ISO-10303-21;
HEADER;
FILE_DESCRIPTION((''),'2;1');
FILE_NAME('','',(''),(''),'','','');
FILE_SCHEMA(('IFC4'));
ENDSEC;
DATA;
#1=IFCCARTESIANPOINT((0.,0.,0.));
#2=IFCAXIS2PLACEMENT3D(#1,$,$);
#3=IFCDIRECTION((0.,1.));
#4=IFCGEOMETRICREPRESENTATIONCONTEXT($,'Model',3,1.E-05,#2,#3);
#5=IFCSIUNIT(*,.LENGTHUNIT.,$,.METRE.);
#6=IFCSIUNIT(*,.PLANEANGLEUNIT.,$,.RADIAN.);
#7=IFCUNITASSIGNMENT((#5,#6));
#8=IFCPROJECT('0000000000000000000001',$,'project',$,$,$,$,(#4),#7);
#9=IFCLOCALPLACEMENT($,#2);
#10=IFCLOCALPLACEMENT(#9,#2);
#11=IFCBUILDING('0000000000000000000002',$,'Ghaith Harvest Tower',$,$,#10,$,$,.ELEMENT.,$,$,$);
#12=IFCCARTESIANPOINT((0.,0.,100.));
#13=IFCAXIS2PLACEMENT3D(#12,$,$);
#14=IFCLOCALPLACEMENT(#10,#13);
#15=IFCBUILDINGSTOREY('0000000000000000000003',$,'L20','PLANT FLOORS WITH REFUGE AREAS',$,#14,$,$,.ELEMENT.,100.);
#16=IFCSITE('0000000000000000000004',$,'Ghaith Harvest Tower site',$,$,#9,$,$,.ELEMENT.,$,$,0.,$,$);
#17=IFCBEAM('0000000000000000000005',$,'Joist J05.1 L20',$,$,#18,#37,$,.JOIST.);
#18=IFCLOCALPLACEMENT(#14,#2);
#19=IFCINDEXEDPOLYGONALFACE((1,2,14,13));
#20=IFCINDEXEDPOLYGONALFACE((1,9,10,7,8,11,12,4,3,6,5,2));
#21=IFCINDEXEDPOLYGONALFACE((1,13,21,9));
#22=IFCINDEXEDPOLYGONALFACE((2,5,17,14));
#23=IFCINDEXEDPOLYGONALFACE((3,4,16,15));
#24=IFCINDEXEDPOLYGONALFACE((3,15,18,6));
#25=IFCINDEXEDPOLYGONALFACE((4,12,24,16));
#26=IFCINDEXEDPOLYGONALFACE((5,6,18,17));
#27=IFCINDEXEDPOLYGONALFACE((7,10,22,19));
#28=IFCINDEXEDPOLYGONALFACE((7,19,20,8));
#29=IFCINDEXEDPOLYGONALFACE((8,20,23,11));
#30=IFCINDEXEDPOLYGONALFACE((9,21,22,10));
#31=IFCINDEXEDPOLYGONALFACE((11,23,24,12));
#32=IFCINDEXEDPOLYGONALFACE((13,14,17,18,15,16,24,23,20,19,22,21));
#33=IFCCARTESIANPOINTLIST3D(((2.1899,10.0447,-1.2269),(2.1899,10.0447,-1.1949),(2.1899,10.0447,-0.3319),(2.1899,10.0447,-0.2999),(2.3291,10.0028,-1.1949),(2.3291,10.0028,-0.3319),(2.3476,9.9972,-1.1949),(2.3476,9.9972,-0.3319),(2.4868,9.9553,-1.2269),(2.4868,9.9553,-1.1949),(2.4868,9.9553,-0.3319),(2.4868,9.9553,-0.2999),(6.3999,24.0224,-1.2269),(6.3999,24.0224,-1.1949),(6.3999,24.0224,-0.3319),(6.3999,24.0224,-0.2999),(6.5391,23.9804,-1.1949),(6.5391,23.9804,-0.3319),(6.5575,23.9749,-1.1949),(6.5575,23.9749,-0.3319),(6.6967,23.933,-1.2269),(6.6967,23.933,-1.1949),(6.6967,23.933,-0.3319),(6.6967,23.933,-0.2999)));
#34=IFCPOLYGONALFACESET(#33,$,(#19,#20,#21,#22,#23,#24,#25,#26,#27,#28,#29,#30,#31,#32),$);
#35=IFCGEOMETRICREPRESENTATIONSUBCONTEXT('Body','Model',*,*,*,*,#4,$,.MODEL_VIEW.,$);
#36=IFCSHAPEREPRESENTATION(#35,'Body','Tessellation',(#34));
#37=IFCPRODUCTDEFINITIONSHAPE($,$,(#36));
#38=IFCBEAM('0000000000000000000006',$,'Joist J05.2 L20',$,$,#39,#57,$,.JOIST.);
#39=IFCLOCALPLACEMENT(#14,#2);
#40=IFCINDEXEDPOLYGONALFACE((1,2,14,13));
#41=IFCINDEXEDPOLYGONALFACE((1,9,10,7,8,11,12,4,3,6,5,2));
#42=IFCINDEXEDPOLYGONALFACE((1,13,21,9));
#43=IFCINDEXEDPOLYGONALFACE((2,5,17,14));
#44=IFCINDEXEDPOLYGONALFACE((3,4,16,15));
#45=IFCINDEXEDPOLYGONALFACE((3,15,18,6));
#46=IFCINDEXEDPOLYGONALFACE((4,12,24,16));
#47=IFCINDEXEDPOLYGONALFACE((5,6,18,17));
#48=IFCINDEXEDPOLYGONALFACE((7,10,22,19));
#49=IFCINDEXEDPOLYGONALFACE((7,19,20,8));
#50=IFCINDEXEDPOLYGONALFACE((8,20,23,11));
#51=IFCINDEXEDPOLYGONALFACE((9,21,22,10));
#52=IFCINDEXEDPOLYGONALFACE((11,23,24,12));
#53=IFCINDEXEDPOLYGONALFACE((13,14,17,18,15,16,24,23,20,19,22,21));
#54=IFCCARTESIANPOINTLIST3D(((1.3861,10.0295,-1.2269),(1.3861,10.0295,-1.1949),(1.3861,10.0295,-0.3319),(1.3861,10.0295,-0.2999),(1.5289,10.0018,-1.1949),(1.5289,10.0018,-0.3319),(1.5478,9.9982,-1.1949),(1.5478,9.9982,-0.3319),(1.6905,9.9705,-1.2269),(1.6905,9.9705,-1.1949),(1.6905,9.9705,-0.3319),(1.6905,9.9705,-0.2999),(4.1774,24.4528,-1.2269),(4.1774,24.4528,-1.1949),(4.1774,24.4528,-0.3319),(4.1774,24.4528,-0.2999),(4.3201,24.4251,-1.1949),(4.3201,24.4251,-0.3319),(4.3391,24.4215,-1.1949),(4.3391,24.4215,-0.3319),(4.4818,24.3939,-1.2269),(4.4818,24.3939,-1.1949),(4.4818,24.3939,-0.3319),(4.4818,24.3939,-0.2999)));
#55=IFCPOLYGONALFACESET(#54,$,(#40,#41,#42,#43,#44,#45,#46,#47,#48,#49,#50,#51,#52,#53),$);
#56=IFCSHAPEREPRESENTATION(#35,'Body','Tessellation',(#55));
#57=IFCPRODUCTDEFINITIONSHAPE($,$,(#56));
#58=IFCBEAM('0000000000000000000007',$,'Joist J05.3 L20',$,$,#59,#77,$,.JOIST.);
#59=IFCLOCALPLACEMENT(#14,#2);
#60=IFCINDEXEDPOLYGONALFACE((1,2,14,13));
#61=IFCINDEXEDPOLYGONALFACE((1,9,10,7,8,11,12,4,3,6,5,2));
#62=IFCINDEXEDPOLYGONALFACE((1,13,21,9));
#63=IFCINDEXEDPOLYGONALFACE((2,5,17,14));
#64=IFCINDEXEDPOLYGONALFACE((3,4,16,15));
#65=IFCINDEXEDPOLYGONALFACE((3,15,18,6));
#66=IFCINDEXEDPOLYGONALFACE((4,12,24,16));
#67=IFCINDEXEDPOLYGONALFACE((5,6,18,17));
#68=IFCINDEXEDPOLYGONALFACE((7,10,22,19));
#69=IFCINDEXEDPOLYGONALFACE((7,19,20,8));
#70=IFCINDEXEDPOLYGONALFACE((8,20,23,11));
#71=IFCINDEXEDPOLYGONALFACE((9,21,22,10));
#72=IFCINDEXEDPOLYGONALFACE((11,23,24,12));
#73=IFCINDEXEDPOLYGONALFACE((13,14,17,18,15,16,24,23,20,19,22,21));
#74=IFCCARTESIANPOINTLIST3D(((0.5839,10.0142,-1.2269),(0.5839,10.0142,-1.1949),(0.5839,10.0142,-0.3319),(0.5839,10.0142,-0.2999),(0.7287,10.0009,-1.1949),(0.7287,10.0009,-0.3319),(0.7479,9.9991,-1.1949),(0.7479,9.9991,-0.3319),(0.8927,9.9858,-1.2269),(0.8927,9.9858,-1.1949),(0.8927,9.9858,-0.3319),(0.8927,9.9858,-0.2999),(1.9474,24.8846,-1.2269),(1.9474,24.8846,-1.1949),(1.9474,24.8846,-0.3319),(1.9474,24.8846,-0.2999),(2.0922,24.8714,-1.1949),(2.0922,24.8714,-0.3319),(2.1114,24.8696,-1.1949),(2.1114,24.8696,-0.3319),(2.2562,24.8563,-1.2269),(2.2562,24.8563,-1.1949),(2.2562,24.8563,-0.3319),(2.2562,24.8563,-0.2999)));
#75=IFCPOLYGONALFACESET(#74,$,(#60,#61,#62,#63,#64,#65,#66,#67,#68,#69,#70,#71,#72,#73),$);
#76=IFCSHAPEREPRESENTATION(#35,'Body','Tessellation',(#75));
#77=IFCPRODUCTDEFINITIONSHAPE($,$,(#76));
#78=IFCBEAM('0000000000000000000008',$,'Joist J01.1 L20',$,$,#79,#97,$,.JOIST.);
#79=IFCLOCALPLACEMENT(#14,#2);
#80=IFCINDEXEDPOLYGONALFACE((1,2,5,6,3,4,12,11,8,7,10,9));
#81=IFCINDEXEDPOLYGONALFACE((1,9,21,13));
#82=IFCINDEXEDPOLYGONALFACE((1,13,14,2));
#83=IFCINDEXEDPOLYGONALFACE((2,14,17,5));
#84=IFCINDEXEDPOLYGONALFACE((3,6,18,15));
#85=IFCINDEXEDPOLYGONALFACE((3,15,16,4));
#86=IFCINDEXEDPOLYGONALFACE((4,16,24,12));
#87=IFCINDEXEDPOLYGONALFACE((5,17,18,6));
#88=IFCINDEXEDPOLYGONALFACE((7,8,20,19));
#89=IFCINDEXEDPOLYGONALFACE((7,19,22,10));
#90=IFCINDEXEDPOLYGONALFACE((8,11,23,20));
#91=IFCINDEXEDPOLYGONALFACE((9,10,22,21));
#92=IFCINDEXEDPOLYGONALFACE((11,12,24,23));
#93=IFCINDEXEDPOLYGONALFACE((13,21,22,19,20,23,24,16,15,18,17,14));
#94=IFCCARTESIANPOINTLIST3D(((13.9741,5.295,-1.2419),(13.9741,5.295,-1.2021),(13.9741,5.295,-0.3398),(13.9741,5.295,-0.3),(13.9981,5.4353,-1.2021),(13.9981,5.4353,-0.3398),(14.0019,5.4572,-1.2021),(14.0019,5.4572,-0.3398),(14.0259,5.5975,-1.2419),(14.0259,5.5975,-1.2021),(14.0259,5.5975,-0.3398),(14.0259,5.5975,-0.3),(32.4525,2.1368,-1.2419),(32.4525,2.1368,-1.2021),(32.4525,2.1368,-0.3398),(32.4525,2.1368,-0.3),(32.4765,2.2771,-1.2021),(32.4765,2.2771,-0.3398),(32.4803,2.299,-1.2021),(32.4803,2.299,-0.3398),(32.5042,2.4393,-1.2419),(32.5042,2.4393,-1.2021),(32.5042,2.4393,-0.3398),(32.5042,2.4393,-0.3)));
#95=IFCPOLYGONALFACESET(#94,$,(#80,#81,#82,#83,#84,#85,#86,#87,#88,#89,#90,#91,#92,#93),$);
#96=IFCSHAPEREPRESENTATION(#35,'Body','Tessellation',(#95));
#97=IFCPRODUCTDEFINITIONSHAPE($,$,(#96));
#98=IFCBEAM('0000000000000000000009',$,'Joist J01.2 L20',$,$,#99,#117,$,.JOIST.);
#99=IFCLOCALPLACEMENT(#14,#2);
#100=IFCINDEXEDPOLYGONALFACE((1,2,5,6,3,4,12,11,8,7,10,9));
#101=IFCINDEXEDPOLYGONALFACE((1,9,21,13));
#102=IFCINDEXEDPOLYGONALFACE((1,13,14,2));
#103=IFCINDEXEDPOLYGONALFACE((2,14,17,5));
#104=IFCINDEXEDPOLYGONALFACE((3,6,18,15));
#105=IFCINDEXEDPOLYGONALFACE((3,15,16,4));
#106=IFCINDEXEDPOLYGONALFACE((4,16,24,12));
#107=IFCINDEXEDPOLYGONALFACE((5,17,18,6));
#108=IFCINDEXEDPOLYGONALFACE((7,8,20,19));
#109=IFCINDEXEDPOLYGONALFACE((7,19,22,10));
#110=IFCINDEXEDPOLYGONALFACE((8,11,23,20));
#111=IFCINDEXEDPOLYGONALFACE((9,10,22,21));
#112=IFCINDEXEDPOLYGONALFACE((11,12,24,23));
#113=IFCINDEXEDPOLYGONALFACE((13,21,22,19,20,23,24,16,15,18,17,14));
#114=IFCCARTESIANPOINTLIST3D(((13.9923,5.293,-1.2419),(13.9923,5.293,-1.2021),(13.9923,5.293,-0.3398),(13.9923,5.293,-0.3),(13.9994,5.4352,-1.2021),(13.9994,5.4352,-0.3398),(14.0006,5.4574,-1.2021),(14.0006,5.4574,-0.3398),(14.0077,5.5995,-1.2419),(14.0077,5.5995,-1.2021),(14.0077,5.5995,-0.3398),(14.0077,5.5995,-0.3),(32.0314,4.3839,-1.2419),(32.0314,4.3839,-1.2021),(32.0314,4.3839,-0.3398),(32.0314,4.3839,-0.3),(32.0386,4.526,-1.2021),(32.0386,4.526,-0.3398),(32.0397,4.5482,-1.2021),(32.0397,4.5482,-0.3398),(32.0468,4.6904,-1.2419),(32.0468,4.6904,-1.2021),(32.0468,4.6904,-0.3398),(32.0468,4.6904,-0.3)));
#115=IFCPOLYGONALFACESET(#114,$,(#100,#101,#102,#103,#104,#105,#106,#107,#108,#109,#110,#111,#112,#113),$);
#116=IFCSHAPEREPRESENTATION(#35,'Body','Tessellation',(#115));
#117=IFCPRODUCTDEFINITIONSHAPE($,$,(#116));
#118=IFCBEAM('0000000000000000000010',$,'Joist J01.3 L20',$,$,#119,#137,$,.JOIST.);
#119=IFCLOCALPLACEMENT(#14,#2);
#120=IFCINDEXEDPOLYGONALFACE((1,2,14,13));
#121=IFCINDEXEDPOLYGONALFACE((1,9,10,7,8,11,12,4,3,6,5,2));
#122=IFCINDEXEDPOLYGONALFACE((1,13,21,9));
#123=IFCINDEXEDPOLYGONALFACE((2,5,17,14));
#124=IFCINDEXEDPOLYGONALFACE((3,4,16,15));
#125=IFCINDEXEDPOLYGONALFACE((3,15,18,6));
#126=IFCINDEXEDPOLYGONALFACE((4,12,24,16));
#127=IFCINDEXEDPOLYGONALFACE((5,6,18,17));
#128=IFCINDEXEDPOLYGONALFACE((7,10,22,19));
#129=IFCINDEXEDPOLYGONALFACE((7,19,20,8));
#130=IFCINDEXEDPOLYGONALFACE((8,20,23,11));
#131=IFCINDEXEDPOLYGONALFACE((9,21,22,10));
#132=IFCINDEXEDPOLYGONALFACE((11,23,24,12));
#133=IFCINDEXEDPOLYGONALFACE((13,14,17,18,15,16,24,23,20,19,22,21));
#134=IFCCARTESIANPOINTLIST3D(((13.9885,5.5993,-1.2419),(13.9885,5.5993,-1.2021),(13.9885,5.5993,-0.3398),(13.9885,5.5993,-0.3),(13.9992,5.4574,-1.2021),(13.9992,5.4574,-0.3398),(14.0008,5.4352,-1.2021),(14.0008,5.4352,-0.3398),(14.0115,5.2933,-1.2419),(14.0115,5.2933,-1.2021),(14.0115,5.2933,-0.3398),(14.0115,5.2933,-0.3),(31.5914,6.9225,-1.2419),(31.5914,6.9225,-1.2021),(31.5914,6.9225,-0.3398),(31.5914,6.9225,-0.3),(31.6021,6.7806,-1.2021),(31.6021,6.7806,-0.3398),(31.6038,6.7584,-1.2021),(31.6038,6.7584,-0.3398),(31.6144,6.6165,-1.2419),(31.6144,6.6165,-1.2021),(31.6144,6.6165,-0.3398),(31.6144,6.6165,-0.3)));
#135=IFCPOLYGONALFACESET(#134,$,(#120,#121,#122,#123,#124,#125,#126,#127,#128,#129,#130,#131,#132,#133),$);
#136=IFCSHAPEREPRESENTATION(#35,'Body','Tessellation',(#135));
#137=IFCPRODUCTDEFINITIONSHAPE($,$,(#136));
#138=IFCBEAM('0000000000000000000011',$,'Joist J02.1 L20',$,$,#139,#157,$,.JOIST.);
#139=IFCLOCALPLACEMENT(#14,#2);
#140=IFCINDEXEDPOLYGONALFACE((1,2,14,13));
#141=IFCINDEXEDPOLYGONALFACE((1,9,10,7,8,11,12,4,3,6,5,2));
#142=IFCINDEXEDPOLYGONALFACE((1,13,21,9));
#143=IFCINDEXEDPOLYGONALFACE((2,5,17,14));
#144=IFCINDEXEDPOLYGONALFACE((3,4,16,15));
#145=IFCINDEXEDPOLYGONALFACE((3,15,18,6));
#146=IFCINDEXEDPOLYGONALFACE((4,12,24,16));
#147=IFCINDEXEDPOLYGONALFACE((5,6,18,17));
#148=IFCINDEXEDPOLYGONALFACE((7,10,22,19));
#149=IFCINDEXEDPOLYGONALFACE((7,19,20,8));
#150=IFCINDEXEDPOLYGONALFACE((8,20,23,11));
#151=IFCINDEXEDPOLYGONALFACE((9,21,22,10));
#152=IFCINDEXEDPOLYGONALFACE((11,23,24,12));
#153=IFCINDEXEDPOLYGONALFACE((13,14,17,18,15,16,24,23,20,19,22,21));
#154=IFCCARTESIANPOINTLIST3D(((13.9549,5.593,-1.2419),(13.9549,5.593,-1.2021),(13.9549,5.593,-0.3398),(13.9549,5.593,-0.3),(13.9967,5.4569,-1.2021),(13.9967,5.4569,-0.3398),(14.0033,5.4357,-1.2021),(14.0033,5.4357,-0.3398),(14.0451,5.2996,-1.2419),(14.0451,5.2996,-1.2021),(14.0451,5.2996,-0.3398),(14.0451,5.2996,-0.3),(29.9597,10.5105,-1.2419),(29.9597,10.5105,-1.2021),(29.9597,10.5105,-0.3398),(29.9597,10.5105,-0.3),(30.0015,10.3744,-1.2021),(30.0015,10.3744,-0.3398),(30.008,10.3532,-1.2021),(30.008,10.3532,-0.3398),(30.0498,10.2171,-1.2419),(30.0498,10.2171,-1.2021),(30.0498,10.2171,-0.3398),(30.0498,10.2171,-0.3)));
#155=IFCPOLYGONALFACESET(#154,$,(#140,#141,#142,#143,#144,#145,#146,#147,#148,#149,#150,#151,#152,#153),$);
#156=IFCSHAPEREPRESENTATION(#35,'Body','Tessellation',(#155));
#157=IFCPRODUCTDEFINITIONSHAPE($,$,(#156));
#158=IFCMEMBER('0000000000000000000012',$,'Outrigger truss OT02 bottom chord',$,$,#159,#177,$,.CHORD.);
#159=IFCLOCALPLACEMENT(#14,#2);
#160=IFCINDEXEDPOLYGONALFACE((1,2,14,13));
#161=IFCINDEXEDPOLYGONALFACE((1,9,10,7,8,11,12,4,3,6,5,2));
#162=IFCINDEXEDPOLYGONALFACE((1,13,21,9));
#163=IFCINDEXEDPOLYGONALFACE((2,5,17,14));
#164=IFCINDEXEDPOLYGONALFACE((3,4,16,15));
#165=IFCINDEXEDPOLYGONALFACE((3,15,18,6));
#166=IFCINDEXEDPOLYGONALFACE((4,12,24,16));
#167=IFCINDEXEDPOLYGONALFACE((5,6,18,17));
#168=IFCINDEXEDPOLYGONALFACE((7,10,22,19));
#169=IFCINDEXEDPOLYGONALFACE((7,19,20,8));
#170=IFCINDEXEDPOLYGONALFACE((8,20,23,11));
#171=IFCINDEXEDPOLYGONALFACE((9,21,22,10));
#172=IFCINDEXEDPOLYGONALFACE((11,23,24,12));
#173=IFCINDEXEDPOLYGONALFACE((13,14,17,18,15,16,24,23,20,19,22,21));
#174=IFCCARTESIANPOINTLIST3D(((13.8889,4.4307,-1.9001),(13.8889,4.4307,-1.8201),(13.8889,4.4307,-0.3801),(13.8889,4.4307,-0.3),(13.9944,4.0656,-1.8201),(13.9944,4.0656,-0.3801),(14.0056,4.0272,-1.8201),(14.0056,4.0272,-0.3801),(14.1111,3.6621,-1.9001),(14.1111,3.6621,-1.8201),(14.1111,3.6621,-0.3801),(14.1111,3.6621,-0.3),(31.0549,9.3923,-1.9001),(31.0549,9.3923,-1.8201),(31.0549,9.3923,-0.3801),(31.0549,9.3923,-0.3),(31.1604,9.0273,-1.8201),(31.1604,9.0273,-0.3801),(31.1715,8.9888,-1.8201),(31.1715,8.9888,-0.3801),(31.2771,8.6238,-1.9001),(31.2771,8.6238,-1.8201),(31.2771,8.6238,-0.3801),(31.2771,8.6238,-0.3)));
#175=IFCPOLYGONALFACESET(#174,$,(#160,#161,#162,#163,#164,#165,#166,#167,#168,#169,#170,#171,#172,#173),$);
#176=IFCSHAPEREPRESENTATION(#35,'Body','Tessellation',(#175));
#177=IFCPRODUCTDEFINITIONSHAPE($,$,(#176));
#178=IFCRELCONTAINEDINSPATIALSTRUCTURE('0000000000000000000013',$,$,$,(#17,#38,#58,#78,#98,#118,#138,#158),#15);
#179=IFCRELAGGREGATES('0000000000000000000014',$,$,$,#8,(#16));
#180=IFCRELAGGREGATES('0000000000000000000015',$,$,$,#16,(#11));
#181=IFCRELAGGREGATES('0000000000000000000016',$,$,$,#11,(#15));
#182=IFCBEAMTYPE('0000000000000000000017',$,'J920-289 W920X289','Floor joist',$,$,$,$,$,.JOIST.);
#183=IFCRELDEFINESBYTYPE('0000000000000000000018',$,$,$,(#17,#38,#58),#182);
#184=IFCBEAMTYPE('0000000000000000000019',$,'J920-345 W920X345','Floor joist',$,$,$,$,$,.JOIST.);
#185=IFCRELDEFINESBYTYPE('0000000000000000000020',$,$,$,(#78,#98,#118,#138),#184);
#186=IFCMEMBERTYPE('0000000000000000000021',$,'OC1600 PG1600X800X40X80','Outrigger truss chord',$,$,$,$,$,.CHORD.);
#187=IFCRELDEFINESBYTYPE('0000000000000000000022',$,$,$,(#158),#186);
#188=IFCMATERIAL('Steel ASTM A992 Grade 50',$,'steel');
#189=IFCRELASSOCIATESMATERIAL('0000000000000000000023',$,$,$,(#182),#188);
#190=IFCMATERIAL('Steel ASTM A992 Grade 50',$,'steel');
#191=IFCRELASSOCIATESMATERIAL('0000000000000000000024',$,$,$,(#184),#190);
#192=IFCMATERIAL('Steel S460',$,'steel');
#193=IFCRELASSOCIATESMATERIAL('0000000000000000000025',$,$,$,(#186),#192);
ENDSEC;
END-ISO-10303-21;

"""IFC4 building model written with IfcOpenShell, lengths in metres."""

from ifc_helpers import new_model, si_unit, direction, frame, origin, origin_2d, place, context, subcontext, project, spatial, i_section, extrude, material, material_profile, profile_set, type_object, element, save


model = new_model("IFC4")

# Units and contexts
model_context = context("Model", 3, precision=1e-05, world=origin(), true_north=direction((0.0, 1.0)))
body_context = subcontext(model_context, "Body", "Model", "MODEL_VIEW")
ifc_project = project(units=[si_unit("LENGTHUNIT", "METRE"), si_unit("PLANEANGLEUNIT", "RADIAN")], contexts=[model_context])

# Site, building, storey
site_placement = place(None, origin())
site = spatial("IfcSite", under=ifc_project, at=site_placement, Name="Ghaith Harvest Tower site", CompositionType="ELEMENT", RefElevation=0.0)
building_placement = place(site_placement, origin())
building = spatial("IfcBuilding", under=site, at=building_placement, Name="Ghaith Harvest Tower", CompositionType="ELEMENT")
storey_placement = place(building_placement, frame((0.0, 0.0, 100.0)))
storey = spatial("IfcBuildingStorey", under=building, at=storey_placement, Name="L20", Description="PLANT FLOORS WITH REFUGE AREAS", CompositionType="ELEMENT", Elevation=100.0)

# Beams
ifc_material_1 = material(Name="Steel ASTM A992 Grade 50", Category="steel")
ifc_material_profile_1 = material_profile(ifc_material_1, i_section(OverallWidth=0.3101, OverallDepth=0.927, WebThickness=0.0193, FlangeThickness=0.032, at=origin_2d()), Name="W920X289")
ifc_profile_set_1 = profile_set([ifc_material_profile_1], Name="Steel ASTM A992 Grade 50")
beam_type_1 = type_object("IfcBeamType", Name="J920-289 W920X289", Description="Floor joist", PredefinedType="JOIST", material=ifc_profile_set_1)
beam_1_placement = place(storey_placement, frame((2.3384, 10.0, -0.7634), z_axis=(0.288393, 0.957512, 0.0), x_axis=(-0.957512, 0.288393, 0.0)))
element("IfcBeam", 1, at=beam_1_placement, inside=storey, type_object=beam_type_1, Name="Joist J05.1 L20", PredefinedType="JOIST", context=body_context, shape_type="SweptSolid", body=[
    extrude(i_section(OverallWidth=0.3101, OverallDepth=0.927, WebThickness=0.0193, FlangeThickness=0.032, at=origin_2d()), origin(), (0.0, 0.0, 1.0), 14.5979),
])
beam_2_placement = place(storey_placement, frame((1.5383, 10.0, -0.7634), z_axis=(0.189999, 0.981784, 0.0), x_axis=(-0.981784, 0.189999, 0.0)))
element("IfcBeam", 2, at=beam_2_placement, inside=storey, type_object=beam_type_1, Name="Joist J05.2 L20", PredefinedType="JOIST", context=body_context, shape_type="SweptSolid", body=[
    extrude(i_section(OverallWidth=0.3101, OverallDepth=0.927, WebThickness=0.0193, FlangeThickness=0.032, at=origin_2d()), origin(), (0.0, 0.0, 1.0), 14.6909),
])
beam_3_placement = place(storey_placement, frame((0.7383, 10.0, -0.7634), z_axis=(0.091311, 0.995822, 0.0), x_axis=(-0.995822, 0.091311, 0.0)))
element("IfcBeam", 3, at=beam_3_placement, inside=storey, type_object=beam_type_1, Name="Joist J05.3 L20", PredefinedType="JOIST", context=body_context, shape_type="SweptSolid", body=[
    extrude(i_section(OverallWidth=0.3101, OverallDepth=0.927, WebThickness=0.0193, FlangeThickness=0.032, at=origin_2d()), origin(), (0.0, 0.0, 1.0), 14.9329),
])
ifc_material_2 = material(Name="Steel ASTM A992 Grade 50", Category="steel")
ifc_material_profile_2 = material_profile(ifc_material_2, i_section(OverallWidth=0.3069, OverallDepth=0.9419, WebThickness=0.0222, FlangeThickness=0.0398, at=origin_2d()), Name="W920X345")
ifc_profile_set_2 = profile_set([ifc_material_profile_2], Name="Steel ASTM A992 Grade 50")
beam_type_2 = type_object("IfcBeamType", Name="J920-345 W920X345", Description="Floor joist", PredefinedType="JOIST", material=ifc_profile_set_2)
beam_4_placement = place(storey_placement, frame((14.0, 5.4463, -0.771), z_axis=(0.985707, -0.168471, 0.0), x_axis=(0.168471, 0.985707, 0.0)))
element("IfcBeam", 4, at=beam_4_placement, inside=storey, type_object=beam_type_2, Name="Joist J01.1 L20", PredefinedType="JOIST", context=body_context, shape_type="SweptSolid", body=[
    extrude(i_section(OverallWidth=0.3069, OverallDepth=0.9419, WebThickness=0.0222, FlangeThickness=0.0398, at=origin_2d()), origin(), (0.0, 0.0, 1.0), 18.7463),
])
beam_5_placement = place(storey_placement, frame((14.0, 5.4463, -0.771), z_axis=(0.998732, -0.050337, 0.0), x_axis=(0.050337, 0.998732, 0.0)))
element("IfcBeam", 5, at=beam_5_placement, inside=storey, type_object=beam_type_2, Name="Joist J01.2 L20", PredefinedType="JOIST", context=body_context, shape_type="SweptSolid", body=[
    extrude(i_section(OverallWidth=0.3069, OverallDepth=0.9419, WebThickness=0.0222, FlangeThickness=0.0398, at=origin_2d()), origin(), (0.0, 0.0, 1.0), 18.062),
])
beam_6_placement = place(storey_placement, frame((14.0, 5.4463, -0.771), z_axis=(0.997187, 0.07496, 0.0), x_axis=(-0.07496, 0.997187, 0.0)))
element("IfcBeam", 6, at=beam_6_placement, inside=storey, type_object=beam_type_2, Name="Joist J01.3 L20", PredefinedType="JOIST", context=body_context, shape_type="SweptSolid", body=[
    extrude(i_section(OverallWidth=0.3069, OverallDepth=0.9419, WebThickness=0.0222, FlangeThickness=0.0398, at=origin_2d()), origin(), (0.0, 0.0, 1.0), 17.6526),
])
beam_7_placement = place(storey_placement, frame((14.0, 5.4463, -0.771), z_axis=(0.955897, 0.293703, 0.0), x_axis=(-0.293703, 0.955897, 0.0)))
element("IfcBeam", 7, at=beam_7_placement, inside=storey, type_object=beam_type_2, Name="Joist J02.1 L20", PredefinedType="JOIST", context=body_context, shape_type="SweptSolid", body=[
    extrude(i_section(OverallWidth=0.3069, OverallDepth=0.9419, WebThickness=0.0222, FlangeThickness=0.0398, at=origin_2d()), origin(), (0.0, 0.0, 1.0), 16.7432),
])

# Member
ifc_material_3 = material(Name="Steel S460", Category="steel")
ifc_material_profile_3 = material_profile(ifc_material_3, i_section(OverallWidth=0.8, OverallDepth=1.6001, WebThickness=0.04, FlangeThickness=0.0801, at=origin_2d()), Name="PG1600X800X40X80")
ifc_profile_set_3 = profile_set([ifc_material_profile_3], Name="Steel S460")
member_type_1 = type_object("IfcMemberType", Name="OC1600 PG1600X800X40X80", Description="Outrigger truss chord", PredefinedType="CHORD", material=ifc_profile_set_3)
member_1_placement = place(storey_placement, frame((14.0, 4.0464, -1.1001), z_axis=(0.960675, 0.277674, 0.0), x_axis=(-0.277674, 0.960675, 0.0)))
element("IfcMember", 8, at=member_1_placement, inside=storey, type_object=member_type_1, Name="Outrigger truss OT02 bottom chord", PredefinedType="CHORD", context=body_context, shape_type="SweptSolid", body=[
    extrude(i_section(OverallWidth=0.8, OverallDepth=1.6001, WebThickness=0.04, FlangeThickness=0.0801, at=origin_2d()), origin(), (0.0, 0.0, 1.0), 17.8687),
])

save(model, "model.ifc")
